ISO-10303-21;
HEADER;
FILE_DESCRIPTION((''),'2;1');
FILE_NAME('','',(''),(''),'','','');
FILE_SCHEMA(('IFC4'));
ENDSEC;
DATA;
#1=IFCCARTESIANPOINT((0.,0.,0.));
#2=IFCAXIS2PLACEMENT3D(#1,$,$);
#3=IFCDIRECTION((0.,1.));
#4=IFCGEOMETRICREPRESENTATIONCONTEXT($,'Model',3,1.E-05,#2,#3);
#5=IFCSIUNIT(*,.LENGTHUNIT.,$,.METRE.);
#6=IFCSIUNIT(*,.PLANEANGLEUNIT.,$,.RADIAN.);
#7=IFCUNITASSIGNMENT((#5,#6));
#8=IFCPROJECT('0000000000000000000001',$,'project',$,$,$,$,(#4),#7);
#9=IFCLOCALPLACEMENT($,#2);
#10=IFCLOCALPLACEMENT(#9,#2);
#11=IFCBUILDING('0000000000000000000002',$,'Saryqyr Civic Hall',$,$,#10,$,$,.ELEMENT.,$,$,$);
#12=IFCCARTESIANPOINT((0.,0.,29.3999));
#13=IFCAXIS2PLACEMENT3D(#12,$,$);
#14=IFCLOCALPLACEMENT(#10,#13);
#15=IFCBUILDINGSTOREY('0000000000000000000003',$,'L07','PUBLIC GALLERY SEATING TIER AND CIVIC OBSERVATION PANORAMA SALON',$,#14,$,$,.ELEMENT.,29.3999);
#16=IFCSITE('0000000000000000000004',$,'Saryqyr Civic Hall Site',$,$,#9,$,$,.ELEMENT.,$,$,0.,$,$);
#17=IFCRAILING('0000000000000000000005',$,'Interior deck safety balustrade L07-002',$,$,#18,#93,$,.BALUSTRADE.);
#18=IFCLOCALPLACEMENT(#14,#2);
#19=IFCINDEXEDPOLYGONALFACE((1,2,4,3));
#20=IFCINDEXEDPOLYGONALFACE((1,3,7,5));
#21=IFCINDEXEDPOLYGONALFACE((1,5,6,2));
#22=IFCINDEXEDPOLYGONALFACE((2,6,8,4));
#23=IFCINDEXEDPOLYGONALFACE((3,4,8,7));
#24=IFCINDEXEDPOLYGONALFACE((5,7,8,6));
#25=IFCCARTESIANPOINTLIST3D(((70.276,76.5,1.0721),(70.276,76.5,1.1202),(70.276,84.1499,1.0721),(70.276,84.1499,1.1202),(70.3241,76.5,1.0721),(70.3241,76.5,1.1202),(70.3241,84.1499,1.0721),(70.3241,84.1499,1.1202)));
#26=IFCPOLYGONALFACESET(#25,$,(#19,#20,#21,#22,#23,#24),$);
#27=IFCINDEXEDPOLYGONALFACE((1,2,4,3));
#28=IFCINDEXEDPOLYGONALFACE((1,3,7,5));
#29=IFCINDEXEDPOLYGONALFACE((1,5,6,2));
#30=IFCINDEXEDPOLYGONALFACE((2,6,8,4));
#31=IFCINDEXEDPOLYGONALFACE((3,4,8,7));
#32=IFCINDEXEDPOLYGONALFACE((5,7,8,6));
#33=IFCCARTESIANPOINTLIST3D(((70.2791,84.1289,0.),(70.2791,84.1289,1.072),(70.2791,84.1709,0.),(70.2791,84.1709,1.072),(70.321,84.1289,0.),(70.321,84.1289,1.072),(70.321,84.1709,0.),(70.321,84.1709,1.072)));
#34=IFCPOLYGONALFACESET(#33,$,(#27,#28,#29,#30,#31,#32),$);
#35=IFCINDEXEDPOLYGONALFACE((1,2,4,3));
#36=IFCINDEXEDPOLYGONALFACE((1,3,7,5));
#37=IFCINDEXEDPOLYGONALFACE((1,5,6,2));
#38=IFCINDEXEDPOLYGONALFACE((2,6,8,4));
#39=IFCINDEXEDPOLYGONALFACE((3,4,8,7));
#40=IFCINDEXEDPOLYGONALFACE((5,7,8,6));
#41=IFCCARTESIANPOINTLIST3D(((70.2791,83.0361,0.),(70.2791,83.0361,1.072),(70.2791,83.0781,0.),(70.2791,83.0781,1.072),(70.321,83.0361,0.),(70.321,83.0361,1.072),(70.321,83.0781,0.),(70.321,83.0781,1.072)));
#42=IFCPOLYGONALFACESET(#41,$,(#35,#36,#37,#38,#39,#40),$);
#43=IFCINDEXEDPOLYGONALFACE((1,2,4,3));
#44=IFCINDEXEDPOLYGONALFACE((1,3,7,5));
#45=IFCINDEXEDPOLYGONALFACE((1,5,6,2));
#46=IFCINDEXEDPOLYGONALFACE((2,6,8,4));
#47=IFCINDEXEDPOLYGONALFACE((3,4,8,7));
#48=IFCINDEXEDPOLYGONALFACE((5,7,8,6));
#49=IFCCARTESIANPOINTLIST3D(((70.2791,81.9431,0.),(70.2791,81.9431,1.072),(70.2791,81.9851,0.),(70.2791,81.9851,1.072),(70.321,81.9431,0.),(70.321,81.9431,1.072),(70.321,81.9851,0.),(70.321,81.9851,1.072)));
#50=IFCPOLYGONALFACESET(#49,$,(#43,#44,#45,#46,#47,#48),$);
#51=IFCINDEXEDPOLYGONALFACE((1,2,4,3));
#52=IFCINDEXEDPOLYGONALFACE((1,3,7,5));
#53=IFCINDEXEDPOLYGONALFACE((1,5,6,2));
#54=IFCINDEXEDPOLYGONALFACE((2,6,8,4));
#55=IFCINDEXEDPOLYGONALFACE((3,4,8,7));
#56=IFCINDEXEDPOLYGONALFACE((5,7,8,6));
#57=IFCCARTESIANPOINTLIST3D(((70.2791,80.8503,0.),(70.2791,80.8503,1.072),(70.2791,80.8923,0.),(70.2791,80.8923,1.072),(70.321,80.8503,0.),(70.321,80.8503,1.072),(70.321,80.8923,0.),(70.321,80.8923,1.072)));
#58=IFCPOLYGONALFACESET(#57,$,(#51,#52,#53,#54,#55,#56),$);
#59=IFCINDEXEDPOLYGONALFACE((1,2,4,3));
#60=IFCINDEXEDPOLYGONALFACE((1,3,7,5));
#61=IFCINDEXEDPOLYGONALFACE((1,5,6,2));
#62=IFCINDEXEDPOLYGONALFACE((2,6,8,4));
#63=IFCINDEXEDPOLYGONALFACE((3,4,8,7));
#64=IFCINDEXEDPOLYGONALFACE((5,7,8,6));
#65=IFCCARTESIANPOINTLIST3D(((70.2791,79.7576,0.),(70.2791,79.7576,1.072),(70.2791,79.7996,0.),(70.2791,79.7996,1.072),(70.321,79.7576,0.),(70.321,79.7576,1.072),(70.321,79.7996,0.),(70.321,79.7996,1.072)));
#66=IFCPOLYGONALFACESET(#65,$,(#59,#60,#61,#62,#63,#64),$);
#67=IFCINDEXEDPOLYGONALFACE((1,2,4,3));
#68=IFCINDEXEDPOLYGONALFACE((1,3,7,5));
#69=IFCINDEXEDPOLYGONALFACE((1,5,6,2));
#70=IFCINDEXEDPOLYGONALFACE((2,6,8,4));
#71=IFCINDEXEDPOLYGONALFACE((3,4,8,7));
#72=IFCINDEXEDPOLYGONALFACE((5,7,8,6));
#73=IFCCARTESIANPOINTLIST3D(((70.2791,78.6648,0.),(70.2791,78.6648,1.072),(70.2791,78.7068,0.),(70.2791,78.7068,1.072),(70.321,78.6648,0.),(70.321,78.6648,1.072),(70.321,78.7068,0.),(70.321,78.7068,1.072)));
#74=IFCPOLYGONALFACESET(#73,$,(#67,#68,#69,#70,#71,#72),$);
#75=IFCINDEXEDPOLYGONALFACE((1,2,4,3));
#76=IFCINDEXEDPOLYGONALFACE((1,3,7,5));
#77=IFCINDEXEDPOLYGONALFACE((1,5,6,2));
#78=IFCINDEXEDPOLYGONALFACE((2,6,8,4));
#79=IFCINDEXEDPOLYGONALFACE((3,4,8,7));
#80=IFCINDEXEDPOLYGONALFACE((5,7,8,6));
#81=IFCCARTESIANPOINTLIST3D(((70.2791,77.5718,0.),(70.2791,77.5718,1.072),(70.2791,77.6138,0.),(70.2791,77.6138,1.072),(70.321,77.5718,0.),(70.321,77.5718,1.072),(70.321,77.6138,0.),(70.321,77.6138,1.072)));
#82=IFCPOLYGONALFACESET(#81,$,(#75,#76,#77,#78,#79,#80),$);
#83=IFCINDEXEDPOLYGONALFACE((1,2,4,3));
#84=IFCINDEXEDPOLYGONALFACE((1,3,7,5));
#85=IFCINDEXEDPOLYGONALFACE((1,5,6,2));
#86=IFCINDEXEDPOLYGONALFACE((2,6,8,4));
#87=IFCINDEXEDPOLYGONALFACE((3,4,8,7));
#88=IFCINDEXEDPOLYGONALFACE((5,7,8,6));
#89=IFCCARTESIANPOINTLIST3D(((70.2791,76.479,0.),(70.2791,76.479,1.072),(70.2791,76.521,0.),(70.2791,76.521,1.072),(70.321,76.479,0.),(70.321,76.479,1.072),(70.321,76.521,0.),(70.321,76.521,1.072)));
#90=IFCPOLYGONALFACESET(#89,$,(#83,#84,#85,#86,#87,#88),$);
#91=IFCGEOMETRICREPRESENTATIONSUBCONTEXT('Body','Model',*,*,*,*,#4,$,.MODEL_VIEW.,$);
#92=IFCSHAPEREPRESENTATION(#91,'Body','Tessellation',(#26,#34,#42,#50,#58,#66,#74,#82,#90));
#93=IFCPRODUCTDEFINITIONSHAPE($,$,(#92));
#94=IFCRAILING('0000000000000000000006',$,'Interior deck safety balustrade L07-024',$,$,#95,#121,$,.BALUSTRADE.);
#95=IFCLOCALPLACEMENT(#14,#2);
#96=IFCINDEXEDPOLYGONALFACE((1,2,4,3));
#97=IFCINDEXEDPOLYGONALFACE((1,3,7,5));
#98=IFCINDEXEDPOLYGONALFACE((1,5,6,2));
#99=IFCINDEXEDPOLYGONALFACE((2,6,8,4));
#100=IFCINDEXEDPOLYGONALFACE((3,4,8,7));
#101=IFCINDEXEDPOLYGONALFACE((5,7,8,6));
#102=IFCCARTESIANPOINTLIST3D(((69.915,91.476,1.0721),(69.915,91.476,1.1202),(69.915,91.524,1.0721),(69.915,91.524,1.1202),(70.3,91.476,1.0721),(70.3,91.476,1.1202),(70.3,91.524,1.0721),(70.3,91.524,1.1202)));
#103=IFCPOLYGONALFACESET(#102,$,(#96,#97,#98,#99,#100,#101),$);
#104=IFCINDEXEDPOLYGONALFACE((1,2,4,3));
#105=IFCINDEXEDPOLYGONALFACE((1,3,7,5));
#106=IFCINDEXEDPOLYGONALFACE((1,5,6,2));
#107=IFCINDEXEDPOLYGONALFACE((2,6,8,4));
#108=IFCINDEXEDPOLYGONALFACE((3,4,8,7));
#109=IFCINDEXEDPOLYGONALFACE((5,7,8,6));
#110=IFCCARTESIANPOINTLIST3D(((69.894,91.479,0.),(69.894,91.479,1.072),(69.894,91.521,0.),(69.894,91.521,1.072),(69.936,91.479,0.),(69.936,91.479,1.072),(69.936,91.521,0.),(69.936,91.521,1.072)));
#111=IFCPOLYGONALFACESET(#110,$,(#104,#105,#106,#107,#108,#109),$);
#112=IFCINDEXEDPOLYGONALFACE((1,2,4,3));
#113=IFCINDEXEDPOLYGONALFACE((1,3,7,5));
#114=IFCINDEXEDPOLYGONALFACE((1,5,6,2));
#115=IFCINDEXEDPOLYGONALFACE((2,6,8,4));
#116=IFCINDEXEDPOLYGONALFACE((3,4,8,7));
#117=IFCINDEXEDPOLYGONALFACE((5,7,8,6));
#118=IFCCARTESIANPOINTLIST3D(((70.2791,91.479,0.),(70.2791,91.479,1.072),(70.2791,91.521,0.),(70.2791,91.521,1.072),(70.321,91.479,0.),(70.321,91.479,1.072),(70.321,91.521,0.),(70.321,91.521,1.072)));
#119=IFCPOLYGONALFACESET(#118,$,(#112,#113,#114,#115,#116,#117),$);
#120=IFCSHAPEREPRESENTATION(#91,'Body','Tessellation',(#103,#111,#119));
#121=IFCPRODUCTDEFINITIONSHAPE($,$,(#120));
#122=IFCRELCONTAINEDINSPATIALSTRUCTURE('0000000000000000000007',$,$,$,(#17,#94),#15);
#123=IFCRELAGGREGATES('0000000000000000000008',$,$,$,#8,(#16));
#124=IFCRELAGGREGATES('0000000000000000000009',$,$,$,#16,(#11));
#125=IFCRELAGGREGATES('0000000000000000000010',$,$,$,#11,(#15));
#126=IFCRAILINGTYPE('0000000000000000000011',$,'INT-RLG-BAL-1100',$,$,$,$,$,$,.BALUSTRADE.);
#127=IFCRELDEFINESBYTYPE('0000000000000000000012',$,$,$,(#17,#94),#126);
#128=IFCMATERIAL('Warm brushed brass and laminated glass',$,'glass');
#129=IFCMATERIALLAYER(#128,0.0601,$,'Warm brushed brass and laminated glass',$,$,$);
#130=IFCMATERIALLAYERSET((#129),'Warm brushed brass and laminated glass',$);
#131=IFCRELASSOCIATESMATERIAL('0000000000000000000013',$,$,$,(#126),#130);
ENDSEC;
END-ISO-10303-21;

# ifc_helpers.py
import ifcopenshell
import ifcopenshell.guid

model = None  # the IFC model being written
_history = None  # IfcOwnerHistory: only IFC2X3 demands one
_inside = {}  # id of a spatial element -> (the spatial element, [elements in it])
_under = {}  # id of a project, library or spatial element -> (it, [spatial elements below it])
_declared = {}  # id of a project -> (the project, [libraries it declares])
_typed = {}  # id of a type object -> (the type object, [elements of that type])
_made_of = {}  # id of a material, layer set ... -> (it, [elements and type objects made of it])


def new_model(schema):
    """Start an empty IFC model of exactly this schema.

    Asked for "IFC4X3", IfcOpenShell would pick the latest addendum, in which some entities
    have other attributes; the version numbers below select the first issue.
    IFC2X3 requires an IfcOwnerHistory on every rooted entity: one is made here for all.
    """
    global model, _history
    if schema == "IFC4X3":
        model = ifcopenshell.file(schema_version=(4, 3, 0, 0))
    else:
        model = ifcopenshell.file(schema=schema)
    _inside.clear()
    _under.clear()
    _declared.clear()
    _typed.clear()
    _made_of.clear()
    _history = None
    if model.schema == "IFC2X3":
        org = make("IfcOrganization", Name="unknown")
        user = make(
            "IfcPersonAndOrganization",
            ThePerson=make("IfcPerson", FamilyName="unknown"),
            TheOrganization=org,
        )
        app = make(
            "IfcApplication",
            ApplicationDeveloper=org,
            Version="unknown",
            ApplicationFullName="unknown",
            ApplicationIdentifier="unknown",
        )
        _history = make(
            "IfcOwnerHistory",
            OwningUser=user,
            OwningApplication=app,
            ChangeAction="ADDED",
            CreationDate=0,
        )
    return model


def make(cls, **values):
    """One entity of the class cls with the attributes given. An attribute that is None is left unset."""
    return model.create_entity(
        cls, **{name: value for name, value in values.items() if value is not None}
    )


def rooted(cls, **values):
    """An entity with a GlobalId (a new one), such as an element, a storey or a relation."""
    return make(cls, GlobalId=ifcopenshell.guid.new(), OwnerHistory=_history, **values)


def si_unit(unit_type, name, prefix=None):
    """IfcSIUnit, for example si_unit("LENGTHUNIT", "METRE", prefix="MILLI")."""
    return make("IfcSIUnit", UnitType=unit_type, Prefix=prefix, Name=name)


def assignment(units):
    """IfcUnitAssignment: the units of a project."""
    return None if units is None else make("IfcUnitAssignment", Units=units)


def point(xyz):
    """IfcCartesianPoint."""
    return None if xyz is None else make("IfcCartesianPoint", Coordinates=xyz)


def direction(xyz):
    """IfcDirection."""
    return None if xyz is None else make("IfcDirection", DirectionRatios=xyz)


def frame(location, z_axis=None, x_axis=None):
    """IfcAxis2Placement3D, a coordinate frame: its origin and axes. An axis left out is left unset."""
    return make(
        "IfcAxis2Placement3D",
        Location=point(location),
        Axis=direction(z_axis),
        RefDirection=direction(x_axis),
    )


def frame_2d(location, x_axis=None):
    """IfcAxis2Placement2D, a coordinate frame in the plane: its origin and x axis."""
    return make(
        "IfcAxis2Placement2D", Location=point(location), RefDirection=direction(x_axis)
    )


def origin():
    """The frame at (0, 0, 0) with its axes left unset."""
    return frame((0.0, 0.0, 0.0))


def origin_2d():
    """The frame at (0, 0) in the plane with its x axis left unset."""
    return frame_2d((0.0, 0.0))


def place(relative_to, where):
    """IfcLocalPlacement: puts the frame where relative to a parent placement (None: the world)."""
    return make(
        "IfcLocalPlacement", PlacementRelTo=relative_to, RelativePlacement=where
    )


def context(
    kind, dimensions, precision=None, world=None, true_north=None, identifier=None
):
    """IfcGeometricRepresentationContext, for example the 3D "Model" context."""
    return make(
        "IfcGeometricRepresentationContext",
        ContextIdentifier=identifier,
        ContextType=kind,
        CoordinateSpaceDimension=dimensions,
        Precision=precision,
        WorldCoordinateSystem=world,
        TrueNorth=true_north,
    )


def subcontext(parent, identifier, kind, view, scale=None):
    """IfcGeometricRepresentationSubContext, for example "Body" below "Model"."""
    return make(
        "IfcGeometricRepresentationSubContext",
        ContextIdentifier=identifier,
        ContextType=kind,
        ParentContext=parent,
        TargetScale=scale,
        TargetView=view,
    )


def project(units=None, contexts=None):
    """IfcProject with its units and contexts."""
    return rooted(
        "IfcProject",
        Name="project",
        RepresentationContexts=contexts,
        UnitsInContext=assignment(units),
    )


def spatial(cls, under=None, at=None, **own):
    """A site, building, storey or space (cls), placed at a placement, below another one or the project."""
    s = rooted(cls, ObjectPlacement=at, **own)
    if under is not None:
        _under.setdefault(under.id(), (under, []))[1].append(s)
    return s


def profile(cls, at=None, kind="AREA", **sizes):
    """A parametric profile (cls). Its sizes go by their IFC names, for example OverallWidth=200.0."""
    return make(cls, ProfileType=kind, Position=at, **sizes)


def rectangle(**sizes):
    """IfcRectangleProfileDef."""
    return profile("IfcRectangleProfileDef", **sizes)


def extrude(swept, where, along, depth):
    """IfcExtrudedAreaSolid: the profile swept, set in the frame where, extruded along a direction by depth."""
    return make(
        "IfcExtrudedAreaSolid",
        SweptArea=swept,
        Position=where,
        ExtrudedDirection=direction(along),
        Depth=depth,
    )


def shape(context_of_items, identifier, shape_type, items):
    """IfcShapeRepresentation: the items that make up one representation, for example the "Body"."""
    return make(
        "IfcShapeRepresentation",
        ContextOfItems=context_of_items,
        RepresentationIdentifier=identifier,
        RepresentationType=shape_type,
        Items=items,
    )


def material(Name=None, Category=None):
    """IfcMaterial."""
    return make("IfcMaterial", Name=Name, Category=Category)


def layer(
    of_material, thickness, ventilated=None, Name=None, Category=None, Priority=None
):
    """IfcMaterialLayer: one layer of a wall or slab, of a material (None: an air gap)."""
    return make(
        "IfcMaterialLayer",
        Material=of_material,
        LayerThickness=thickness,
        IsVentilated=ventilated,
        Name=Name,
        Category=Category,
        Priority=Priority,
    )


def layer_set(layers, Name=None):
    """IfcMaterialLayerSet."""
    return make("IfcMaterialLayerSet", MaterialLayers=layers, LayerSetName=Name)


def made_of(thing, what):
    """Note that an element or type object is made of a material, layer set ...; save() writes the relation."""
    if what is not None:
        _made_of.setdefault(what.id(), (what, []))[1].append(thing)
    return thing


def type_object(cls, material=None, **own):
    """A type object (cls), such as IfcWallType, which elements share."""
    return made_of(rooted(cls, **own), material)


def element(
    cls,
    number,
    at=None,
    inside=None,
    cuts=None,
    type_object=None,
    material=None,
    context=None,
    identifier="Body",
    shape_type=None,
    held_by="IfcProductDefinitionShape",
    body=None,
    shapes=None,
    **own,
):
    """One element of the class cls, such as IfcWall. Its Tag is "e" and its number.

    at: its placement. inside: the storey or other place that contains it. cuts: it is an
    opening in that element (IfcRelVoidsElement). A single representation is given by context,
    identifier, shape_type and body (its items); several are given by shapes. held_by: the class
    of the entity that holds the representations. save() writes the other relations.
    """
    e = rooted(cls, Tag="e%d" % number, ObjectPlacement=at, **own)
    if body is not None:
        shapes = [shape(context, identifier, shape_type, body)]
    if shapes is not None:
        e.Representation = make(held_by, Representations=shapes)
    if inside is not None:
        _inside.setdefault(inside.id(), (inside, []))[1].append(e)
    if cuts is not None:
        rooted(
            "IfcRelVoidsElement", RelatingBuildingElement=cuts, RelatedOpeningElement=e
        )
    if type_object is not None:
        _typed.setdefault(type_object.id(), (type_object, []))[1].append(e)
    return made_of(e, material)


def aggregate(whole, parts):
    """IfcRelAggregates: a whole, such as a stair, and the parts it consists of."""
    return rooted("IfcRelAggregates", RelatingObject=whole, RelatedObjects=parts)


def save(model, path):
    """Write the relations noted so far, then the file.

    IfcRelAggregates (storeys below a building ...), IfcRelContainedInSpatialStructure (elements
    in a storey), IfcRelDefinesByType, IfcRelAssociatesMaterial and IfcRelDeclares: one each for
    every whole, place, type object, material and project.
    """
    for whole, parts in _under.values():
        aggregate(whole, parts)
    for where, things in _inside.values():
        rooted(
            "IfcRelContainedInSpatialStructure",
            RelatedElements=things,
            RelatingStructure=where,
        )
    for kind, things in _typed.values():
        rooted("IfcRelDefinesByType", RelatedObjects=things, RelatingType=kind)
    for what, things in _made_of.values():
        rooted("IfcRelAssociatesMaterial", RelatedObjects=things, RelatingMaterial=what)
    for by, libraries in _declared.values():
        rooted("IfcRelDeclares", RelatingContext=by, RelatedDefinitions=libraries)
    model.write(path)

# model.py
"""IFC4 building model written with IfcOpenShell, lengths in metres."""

from ifc_helpers import new_model, si_unit, direction, frame, origin, origin_2d, place, context, subcontext, project, spatial, rectangle, extrude, material, layer, layer_set, type_object, element, save


model = new_model("IFC4")

# Units and contexts
model_context = context("Model", 3, precision=1e-05, world=origin(), true_north=direction((0.0, 1.0)))
body_context = subcontext(model_context, "Body", "Model", "MODEL_VIEW")
ifc_project = project(units=[si_unit("LENGTHUNIT", "METRE"), si_unit("PLANEANGLEUNIT", "RADIAN")], contexts=[model_context])

# Site, building, storey
site_placement = place(None, origin())
site = spatial("IfcSite", under=ifc_project, at=site_placement, Name="Saryqyr Civic Hall Site", CompositionType="ELEMENT", RefElevation=0.0)
building_placement = place(site_placement, origin())
building = spatial("IfcBuilding", under=site, at=building_placement, Name="Saryqyr Civic Hall", CompositionType="ELEMENT")
storey_placement = place(building_placement, frame((0.0, 0.0, 29.3999)))
storey = spatial("IfcBuildingStorey", under=building, at=storey_placement, Name="L07", Description="PUBLIC GALLERY SEATING TIER AND CIVIC OBSERVATION PANORAMA SALON", CompositionType="ELEMENT", Elevation=29.3999)

# Railings
ifc_material_1 = material(Name="Warm brushed brass and laminated glass", Category="glass")
ifc_layer_1 = layer(ifc_material_1, 0.0601, Name="Warm brushed brass and laminated glass")
ifc_layer_set_1 = layer_set([ifc_layer_1], Name="Warm brushed brass and laminated glass")
railing_type = type_object("IfcRailingType", Name="INT-RLG-BAL-1100", PredefinedType="BALUSTRADE", material=ifc_layer_set_1)
railing_1_placement = place(storey_placement, frame((70.3, 84.1499, 0.0)))
element("IfcRailing", 1, at=railing_1_placement, inside=storey, type_object=railing_type, Name="Interior deck safety balustrade L07-002", PredefinedType="BALUSTRADE", context=body_context, shape_type="SweptSolid", body=[
    extrude(rectangle(XDim=0.0481, YDim=0.0481, at=origin_2d()), frame((0.0, 0.0, 1.0962), z_axis=(0.0, -1.0, 0.0), x_axis=(1.0, 0.0, 0.0)), (0.0, 0.0, 1.0), 7.6499),
    extrude(rectangle(XDim=0.042, YDim=0.042, at=origin_2d()), origin(), (0.0, 0.0, 1.0), 1.072),
    extrude(rectangle(XDim=0.042, YDim=0.042, at=origin_2d()), frame((0.0, -1.0928, 0.0)), (0.0, 0.0, 1.0), 1.072),
    extrude(rectangle(XDim=0.042, YDim=0.042, at=origin_2d()), frame((0.0, -2.1858, 0.0)), (0.0, 0.0, 1.0), 1.072),
    extrude(rectangle(XDim=0.042, YDim=0.042, at=origin_2d()), frame((0.0, -3.2786, 0.0)), (0.0, 0.0, 1.0), 1.072),
    extrude(rectangle(XDim=0.042, YDim=0.042, at=origin_2d()), frame((0.0, -4.3713, 0.0)), (0.0, 0.0, 1.0), 1.072),
    extrude(rectangle(XDim=0.042, YDim=0.042, at=origin_2d()), frame((0.0, -5.4641, 0.0)), (0.0, 0.0, 1.0), 1.072),
    extrude(rectangle(XDim=0.042, YDim=0.042, at=origin_2d()), frame((0.0, -6.5571, 0.0)), (0.0, 0.0, 1.0), 1.072),
    extrude(rectangle(XDim=0.042, YDim=0.042, at=origin_2d()), frame((0.0, -7.6499, 0.0)), (0.0, 0.0, 1.0), 1.072),
])
railing_2_placement = place(storey_placement, frame((69.915, 91.5, 0.0)))
element("IfcRailing", 2, at=railing_2_placement, inside=storey, type_object=railing_type, Name="Interior deck safety balustrade L07-024", PredefinedType="BALUSTRADE", context=body_context, shape_type="SweptSolid", body=[
    extrude(rectangle(XDim=0.0481, YDim=0.0481, at=origin_2d()), frame((0.0, 0.0, 1.0962), z_axis=(1.0, 0.0, 0.0), x_axis=(0.0, 1.0, 0.0)), (0.0, 0.0, 1.0), 0.385),
    extrude(rectangle(XDim=0.042, YDim=0.042, at=origin_2d()), origin(), (0.0, 0.0, 1.0), 1.072),
    extrude(rectangle(XDim=0.042, YDim=0.042, at=origin_2d()), frame((0.385, 0.0, 0.0)), (0.0, 0.0, 1.0), 1.072),
])

save(model, "model.ifc")
